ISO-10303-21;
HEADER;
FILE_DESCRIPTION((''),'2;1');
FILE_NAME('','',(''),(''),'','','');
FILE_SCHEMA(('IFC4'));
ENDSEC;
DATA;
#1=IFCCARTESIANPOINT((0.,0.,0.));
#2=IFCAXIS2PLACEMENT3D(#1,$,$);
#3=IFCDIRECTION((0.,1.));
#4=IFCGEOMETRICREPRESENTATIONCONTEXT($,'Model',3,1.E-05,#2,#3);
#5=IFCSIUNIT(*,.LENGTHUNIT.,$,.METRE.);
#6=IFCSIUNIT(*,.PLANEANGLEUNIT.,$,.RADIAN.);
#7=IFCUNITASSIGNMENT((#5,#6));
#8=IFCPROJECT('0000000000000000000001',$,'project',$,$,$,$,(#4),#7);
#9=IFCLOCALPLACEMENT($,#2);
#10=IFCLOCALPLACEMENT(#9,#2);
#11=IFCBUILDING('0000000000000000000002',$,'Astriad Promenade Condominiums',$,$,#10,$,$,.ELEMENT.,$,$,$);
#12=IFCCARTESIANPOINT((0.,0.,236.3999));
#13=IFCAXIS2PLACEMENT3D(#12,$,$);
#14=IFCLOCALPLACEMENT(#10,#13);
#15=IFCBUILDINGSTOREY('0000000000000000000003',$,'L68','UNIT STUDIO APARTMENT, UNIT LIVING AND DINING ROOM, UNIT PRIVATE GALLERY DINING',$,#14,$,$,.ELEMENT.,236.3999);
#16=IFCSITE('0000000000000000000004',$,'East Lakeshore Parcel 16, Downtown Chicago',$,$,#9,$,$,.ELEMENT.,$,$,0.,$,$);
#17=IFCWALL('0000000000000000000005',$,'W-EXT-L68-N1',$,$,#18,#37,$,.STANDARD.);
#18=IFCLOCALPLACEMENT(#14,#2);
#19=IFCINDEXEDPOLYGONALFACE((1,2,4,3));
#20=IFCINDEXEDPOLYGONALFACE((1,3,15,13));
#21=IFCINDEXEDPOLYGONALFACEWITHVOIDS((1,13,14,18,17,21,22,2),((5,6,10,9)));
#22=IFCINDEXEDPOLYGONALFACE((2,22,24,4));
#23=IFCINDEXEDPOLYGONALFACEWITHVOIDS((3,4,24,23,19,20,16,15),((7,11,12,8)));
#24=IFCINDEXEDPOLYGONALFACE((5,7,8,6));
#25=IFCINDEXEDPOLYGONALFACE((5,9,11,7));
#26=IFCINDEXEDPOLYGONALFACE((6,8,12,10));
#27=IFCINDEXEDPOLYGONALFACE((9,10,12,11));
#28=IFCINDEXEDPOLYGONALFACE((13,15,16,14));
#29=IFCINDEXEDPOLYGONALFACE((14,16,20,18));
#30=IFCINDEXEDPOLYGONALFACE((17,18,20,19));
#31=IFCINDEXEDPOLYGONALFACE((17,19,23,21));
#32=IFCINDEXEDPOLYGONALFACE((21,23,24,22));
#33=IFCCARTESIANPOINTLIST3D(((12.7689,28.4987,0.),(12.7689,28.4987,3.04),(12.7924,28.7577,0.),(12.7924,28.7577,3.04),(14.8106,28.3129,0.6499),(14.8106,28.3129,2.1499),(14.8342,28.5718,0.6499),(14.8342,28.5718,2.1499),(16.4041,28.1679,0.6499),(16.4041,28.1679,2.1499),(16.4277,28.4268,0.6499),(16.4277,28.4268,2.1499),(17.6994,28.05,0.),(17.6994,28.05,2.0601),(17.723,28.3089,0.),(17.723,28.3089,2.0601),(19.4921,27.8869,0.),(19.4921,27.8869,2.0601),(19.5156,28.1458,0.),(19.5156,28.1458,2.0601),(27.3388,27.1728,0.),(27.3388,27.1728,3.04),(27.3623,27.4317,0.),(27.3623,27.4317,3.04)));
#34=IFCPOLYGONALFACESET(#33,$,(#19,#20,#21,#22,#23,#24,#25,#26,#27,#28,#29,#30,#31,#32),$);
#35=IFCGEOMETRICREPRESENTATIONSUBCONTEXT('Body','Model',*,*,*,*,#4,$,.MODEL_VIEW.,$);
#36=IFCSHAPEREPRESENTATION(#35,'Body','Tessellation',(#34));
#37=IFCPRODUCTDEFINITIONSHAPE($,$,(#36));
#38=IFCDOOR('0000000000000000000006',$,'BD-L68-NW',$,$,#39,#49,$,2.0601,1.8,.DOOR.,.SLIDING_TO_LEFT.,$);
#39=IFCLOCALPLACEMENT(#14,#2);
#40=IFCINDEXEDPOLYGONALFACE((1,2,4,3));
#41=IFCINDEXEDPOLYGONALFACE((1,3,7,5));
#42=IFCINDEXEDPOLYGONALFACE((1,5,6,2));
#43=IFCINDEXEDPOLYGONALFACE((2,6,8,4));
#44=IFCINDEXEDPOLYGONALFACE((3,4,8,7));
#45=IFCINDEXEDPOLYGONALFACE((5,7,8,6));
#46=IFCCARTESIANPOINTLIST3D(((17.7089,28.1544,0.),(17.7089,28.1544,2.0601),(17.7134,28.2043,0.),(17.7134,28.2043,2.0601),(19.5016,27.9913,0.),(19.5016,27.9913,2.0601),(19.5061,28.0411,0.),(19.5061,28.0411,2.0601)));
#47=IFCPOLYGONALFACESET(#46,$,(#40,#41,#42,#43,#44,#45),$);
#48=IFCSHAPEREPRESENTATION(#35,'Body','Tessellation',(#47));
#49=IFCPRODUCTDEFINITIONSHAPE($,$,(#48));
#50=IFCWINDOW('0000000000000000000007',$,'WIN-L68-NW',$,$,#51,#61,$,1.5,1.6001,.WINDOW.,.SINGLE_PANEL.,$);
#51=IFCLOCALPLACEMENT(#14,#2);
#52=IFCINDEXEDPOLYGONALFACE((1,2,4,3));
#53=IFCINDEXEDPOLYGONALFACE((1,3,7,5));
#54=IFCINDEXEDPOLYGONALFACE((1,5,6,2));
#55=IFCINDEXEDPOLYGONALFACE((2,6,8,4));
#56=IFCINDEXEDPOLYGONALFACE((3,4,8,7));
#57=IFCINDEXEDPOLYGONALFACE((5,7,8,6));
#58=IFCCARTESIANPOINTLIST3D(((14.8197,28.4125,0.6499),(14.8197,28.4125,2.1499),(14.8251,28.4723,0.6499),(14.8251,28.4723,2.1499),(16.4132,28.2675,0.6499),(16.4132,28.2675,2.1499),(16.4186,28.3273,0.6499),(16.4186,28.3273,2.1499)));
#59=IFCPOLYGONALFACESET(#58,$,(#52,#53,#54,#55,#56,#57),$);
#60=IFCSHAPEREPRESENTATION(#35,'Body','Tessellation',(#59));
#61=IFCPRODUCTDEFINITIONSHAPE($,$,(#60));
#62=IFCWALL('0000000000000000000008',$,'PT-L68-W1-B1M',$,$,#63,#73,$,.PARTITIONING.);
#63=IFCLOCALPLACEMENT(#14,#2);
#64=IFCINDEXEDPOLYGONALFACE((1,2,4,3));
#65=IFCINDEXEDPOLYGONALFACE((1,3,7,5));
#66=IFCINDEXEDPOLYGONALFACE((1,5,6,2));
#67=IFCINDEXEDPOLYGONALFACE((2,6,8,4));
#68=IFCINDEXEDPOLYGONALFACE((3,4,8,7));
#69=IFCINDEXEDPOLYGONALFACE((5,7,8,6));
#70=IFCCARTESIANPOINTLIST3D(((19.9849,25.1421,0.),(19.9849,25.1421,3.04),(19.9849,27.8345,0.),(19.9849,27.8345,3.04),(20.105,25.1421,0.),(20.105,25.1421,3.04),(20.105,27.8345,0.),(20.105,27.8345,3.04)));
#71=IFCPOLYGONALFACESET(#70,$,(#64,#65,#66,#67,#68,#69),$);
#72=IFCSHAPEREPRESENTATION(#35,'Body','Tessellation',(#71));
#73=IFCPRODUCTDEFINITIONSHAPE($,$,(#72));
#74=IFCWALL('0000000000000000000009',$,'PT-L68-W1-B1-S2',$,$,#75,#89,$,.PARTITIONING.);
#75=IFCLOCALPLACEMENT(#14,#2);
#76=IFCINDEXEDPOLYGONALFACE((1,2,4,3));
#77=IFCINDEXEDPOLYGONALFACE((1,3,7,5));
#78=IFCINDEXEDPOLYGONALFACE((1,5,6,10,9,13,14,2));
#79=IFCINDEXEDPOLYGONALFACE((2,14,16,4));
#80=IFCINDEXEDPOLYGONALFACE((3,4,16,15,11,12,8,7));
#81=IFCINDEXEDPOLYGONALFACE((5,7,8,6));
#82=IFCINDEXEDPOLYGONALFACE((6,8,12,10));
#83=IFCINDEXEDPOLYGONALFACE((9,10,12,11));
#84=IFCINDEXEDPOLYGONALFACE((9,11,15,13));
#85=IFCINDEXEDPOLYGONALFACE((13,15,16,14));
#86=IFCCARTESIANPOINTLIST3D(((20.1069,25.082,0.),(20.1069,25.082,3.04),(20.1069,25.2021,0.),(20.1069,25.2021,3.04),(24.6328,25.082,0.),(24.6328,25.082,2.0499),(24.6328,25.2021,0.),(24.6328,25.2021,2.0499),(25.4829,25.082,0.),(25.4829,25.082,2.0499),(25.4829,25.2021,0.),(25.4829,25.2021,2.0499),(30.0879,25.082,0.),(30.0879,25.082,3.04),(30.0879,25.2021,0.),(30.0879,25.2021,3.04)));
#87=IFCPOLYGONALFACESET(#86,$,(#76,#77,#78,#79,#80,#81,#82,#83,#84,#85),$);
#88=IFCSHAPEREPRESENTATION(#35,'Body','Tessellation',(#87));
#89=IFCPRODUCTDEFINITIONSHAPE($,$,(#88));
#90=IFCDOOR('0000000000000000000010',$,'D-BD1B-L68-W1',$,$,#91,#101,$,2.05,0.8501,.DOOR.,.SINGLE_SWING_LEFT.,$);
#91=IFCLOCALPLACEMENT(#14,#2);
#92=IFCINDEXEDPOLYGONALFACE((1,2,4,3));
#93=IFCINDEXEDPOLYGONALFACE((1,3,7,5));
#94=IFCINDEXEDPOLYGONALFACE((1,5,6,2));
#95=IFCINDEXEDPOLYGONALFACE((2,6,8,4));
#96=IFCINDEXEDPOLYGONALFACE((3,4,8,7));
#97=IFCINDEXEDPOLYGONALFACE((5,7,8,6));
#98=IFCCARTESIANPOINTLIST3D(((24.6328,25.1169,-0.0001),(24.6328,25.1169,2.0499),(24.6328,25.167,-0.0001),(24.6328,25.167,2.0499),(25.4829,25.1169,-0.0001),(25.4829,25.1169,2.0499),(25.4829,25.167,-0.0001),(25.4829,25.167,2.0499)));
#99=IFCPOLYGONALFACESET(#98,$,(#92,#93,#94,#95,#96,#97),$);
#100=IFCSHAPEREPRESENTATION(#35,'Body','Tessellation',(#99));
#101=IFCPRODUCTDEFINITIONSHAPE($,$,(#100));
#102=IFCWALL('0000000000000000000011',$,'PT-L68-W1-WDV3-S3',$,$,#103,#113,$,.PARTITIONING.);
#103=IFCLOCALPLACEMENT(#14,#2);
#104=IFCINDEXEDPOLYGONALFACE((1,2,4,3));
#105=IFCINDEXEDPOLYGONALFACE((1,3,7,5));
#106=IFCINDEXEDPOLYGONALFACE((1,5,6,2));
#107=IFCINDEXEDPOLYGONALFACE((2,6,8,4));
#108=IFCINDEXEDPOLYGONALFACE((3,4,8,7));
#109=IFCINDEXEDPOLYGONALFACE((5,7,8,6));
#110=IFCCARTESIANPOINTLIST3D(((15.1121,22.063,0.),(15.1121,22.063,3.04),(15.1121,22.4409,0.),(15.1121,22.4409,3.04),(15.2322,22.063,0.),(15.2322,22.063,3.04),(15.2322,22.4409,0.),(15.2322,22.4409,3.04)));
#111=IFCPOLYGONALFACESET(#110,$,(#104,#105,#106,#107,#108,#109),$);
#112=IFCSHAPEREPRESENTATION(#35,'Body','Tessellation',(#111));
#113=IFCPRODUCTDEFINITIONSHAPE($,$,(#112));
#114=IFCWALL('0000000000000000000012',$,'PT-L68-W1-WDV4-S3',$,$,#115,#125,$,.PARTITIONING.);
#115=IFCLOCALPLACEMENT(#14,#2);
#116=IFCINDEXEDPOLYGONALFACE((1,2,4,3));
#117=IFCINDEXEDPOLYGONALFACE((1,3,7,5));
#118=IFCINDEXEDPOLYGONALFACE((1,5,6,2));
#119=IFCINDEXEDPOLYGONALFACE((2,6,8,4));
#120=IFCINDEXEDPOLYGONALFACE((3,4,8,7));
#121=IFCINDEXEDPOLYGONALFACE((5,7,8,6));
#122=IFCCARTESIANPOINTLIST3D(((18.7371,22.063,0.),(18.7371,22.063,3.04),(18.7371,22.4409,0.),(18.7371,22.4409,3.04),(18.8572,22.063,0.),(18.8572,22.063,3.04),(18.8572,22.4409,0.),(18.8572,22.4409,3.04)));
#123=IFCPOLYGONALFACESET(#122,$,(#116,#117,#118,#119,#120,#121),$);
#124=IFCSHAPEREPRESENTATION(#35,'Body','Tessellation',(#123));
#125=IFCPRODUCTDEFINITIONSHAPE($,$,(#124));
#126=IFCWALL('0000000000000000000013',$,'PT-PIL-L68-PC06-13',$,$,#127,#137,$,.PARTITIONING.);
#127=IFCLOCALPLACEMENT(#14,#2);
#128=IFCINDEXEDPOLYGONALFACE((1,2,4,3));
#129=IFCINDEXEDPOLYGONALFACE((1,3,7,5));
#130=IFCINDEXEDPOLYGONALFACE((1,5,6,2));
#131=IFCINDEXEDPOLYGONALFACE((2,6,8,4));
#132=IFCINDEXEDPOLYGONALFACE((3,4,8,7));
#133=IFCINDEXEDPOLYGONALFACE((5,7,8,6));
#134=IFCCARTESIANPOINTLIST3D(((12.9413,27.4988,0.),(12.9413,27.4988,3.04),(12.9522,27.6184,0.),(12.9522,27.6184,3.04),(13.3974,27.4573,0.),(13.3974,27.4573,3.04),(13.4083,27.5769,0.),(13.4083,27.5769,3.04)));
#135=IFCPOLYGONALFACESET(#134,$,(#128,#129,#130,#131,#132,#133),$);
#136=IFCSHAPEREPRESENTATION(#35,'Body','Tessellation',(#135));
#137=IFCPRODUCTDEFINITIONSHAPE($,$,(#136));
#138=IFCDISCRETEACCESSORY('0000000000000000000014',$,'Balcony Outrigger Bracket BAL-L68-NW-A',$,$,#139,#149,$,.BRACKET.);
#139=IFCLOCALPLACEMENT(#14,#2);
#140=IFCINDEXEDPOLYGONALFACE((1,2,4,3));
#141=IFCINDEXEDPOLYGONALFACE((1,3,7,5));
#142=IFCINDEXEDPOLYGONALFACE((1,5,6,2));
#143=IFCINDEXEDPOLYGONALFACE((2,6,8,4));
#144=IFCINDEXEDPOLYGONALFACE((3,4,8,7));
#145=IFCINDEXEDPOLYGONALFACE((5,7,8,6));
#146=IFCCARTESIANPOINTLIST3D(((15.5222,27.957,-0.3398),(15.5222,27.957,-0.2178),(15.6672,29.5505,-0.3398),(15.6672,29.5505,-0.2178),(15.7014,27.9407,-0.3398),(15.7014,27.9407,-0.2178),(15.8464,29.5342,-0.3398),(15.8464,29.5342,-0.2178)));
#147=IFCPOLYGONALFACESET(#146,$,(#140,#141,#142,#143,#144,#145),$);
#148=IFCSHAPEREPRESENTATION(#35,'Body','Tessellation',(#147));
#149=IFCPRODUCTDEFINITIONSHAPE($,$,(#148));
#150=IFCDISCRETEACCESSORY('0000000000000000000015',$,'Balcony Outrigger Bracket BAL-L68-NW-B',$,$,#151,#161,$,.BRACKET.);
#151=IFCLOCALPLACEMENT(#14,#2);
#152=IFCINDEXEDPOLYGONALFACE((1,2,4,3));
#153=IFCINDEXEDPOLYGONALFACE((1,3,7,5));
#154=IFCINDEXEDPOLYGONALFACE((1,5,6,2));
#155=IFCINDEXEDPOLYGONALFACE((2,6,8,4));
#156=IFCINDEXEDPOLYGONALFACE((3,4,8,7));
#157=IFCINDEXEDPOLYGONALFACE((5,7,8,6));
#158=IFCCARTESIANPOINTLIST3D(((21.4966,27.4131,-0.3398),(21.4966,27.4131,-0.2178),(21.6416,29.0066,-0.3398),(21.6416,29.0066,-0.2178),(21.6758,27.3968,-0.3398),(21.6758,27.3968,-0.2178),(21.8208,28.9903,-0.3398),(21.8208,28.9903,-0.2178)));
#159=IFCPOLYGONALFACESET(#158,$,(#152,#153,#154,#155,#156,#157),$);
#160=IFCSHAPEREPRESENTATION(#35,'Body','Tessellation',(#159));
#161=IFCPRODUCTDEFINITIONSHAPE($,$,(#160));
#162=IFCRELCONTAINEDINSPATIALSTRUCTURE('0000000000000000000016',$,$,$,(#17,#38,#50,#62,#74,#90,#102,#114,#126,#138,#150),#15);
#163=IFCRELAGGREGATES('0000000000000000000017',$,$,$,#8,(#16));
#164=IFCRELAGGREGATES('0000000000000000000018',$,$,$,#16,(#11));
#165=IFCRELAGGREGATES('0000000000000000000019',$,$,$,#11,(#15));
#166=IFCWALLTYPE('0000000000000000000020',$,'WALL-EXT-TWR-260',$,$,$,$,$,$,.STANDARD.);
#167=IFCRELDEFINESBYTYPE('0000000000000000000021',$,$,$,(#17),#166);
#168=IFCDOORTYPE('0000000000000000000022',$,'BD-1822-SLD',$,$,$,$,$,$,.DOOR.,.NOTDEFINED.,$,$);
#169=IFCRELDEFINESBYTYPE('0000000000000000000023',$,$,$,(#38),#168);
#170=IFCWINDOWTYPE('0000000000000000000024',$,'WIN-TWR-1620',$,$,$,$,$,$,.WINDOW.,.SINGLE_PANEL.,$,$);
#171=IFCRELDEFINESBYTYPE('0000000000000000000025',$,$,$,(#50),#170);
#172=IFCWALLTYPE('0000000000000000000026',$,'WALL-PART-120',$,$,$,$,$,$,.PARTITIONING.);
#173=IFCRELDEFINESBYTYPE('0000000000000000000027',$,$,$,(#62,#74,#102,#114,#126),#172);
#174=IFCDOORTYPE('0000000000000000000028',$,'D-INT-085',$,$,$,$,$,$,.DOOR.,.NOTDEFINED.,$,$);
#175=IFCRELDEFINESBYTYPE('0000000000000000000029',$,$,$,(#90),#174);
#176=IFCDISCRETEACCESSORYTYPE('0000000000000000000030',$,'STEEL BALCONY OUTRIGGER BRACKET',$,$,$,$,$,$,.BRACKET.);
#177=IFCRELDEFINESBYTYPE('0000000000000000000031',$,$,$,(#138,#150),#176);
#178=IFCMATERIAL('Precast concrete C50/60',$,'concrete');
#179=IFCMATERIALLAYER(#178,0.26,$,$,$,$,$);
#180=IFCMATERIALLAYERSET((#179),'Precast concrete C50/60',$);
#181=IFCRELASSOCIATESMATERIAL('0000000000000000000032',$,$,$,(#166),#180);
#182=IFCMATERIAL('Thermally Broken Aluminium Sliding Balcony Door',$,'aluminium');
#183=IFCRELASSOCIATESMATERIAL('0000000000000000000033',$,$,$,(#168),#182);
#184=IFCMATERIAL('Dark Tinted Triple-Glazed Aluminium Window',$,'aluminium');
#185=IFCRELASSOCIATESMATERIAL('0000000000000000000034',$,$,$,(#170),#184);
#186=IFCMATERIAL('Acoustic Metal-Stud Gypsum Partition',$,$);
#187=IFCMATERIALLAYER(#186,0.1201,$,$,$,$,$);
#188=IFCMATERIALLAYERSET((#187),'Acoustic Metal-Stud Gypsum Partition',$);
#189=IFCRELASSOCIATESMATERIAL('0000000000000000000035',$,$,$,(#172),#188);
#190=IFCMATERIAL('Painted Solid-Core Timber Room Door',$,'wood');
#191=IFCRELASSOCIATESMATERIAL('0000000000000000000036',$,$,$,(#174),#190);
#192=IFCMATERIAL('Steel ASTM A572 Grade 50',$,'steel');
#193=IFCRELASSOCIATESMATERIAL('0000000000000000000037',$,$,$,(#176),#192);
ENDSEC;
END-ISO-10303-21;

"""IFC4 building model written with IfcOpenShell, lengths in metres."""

from ifc_helpers import new_model, si_unit, direction, frame, frame_2d, origin, origin_2d, place, context, subcontext, project, spatial, rectangle, extrude, source, transform, mapped, material, layer, layer_set, type_object, type_shapes, element, fill, save


model = new_model("IFC4")

# Units and contexts
model_context = context("Model", 3, precision=1e-05, world=origin(), true_north=direction((0.0, 1.0)))
body_context = subcontext(model_context, "Body", "Model", "MODEL_VIEW")
ifc_project = project(units=[si_unit("LENGTHUNIT", "METRE"), si_unit("PLANEANGLEUNIT", "RADIAN")], contexts=[model_context])

# Site, building, storey
site_placement = place(None, origin())
site = spatial("IfcSite", under=ifc_project, at=site_placement, Name="East Lakeshore Parcel 16, Downtown Chicago", CompositionType="ELEMENT", RefElevation=0.0)
building_placement = place(site_placement, origin())
building = spatial("IfcBuilding", under=site, at=building_placement, Name="Astriad Promenade Condominiums", CompositionType="ELEMENT")
storey_placement = place(building_placement, frame((0.0, 0.0, 236.3999)))
storey = spatial("IfcBuildingStorey", under=building, at=storey_placement, Name="L68", Description="UNIT STUDIO APARTMENT, UNIT LIVING AND DINING ROOM, UNIT PRIVATE GALLERY DINING", CompositionType="ELEMENT", Elevation=236.3999)

# Shared definitions
ifc_material_1 = material(Name="Precast concrete C50/60", Category="concrete")
ifc_layer_1 = layer(ifc_material_1, 0.26)
ifc_layer_set_1 = layer_set([ifc_layer_1], Name="Precast concrete C50/60")
wall_type_1 = type_object("IfcWallType", Name="WALL-EXT-TWR-260", PredefinedType="STANDARD", material=ifc_layer_set_1)

# Wall, openings, door, window
wall_1_placement = place(storey_placement, frame((12.7808, 28.6282, 0.0), z_axis=(0.0, 0.0, 1.0), x_axis=(0.995885, -0.090631, 0.0)))
wall_1 = element("IfcWall", 1, at=wall_1_placement, inside=storey, type_object=wall_type_1, Name="W-EXT-L68-N1", PredefinedType="STANDARD", context=body_context, shape_type="SweptSolid", body=[
    extrude(rectangle(XDim=14.6301, YDim=0.26, at=frame_2d((7.3149, 0.0))), origin(), (0.0, 0.0, 1.0), 3.04),
])
opening_1_placement = place(wall_1_placement, frame((4.9509, 0.0, 0.0)))
opening_1 = element("IfcOpeningElement", 2, at=opening_1_placement, cuts=wall_1, PredefinedType="OPENING", context=body_context, shape_type="SweptSolid", body=[
    extrude(rectangle(XDim=1.8, YDim=2.0601, at=frame_2d((0.8999, 1.03))), frame((0.0, 0.1399, 0.0), z_axis=(0.0, -1.0, 0.0), x_axis=(1.0, 0.0, 0.0)), (0.0, 0.0, 1.0), 0.28),
])
opening_2_placement = place(wall_1_placement, frame((2.05, 0.0, 0.6499)))
opening_2 = element("IfcOpeningElement", 3, at=opening_2_placement, cuts=wall_1, PredefinedType="OPENING", context=body_context, shape_type="SweptSolid", body=[
    extrude(rectangle(XDim=1.6001, YDim=1.5, at=frame_2d((0.8, 0.75))), frame((0.0, 0.1399, 0.0), z_axis=(0.0, -1.0, 0.0), x_axis=(1.0, 0.0, 0.0)), (0.0, 0.0, 1.0), 0.28),
])
ifc_material_2 = material(Name="Thermally Broken Aluminium Sliding Balcony Door", Category="aluminium")
door_type_1 = type_object("IfcDoorType", Name="BD-1822-SLD", OperationType="NOTDEFINED", PredefinedType="DOOR", material=ifc_material_2)
shared_shape_1 = source(origin(), body_context, "Body", "SweptSolid", [
    extrude(rectangle(XDim=1.8, YDim=2.0601, at=frame_2d((0.8999, 1.03))), frame((0.0, 0.0249, 0.0), z_axis=(0.0, -1.0, 0.0), x_axis=(1.0, 0.0, 0.0)), (0.0, 0.0, 1.0), 0.05),
])
type_shapes(door_type_1, [shared_shape_1])
door_1_placement = place(opening_1_placement, origin())
door_1 = element("IfcDoor", 4, at=door_1_placement, inside=storey, type_object=door_type_1, Name="BD-L68-NW", OperationType="SLIDING_TO_LEFT", OverallHeight=2.0601, OverallWidth=1.8, PredefinedType="DOOR", context=body_context, shape_type="MappedRepresentation", body=[
    mapped(shared_shape_1, transform((0.0, 0.0, 0.0), scale=1.0)),
])
fill(opening_1, door_1)
ifc_material_3 = material(Name="Dark Tinted Triple-Glazed Aluminium Window", Category="aluminium")
window_type = type_object("IfcWindowType", Name="WIN-TWR-1620", PartitioningType="SINGLE_PANEL", PredefinedType="WINDOW", material=ifc_material_3)
shared_shape_2 = source(origin(), body_context, "Body", "SweptSolid", [
    extrude(rectangle(XDim=1.6001, YDim=1.5, at=frame_2d((0.8, 0.75))), frame((0.0, 0.03, 0.0), z_axis=(0.0, -1.0, 0.0), x_axis=(1.0, 0.0, 0.0)), (0.0, 0.0, 1.0), 0.0601),
])
type_shapes(window_type, [shared_shape_2])
window_placement = place(opening_2_placement, origin())
window = element("IfcWindow", 5, at=window_placement, inside=storey, type_object=window_type, Name="WIN-L68-NW", OverallHeight=1.5, OverallWidth=1.6001, PartitioningType="SINGLE_PANEL", PredefinedType="WINDOW", context=body_context, shape_type="MappedRepresentation", body=[
    mapped(shared_shape_2, transform((0.0, 0.0, 0.0), scale=1.0)),
])
fill(opening_2, window)

# Wall
ifc_material_4 = material(Name="Acoustic Metal-Stud Gypsum Partition")
ifc_layer_2 = layer(ifc_material_4, 0.1201)
ifc_layer_set_2 = layer_set([ifc_layer_2], Name="Acoustic Metal-Stud Gypsum Partition")
wall_type_2 = type_object("IfcWallType", Name="WALL-PART-120", PredefinedType="PARTITIONING", material=ifc_layer_set_2)
wall_2_placement = place(storey_placement, frame((20.0449, 25.1421, 0.0), z_axis=(0.0, 0.0, 1.0), x_axis=(0.0, 1.0, 0.0)))
element("IfcWall", 6, at=wall_2_placement, inside=storey, type_object=wall_type_2, Name="PT-L68-W1-B1M", PredefinedType="PARTITIONING", context=body_context, shape_type="SweptSolid", body=[
    extrude(rectangle(XDim=2.6924, YDim=0.1201, at=frame_2d((1.3462, 0.0))), origin(), (0.0, 0.0, 1.0), 3.04),
])

# Wall, opening, door
wall_3_placement = place(storey_placement, frame((20.1069, 25.1421, 0.0), z_axis=(0.0, 0.0, 1.0), x_axis=(1.0, 0.0, 0.0)))
wall_3 = element("IfcWall", 7, at=wall_3_placement, inside=storey, type_object=wall_type_2, Name="PT-L68-W1-B1-S2", PredefinedType="PARTITIONING", context=body_context, shape_type="SweptSolid", body=[
    extrude(rectangle(XDim=9.981, YDim=0.1201, at=frame_2d((4.9905, 0.0))), origin(), (0.0, 0.0, 1.0), 3.04),
])
opening_3_placement = place(wall_3_placement, frame((4.5259, 0.0, 0.0)))
opening_3 = element("IfcOpeningElement", 8, at=opening_3_placement, cuts=wall_3, PredefinedType="OPENING", context=body_context, shape_type="SweptSolid", body=[
    extrude(rectangle(XDim=0.8501, YDim=2.05, at=frame_2d((0.425, 1.0249))), frame((0.0, 0.0701, 0.0), z_axis=(0.0, -1.0, 0.0), x_axis=(1.0, 0.0, 0.0)), (0.0, 0.0, 1.0), 0.1401),
])
ifc_material_5 = material(Name="Painted Solid-Core Timber Room Door", Category="wood")
door_type_2 = type_object("IfcDoorType", Name="D-INT-085", OperationType="NOTDEFINED", PredefinedType="DOOR", material=ifc_material_5)
shared_shape_3 = source(origin(), body_context, "Body", "SweptSolid", [
    extrude(rectangle(XDim=0.8501, YDim=2.05, at=frame_2d((0.425, 1.0249))), frame((0.0, 0.0249, 0.0), z_axis=(0.0, -1.0, 0.0), x_axis=(1.0, 0.0, 0.0)), (0.0, 0.0, 1.0), 0.05),
])
type_shapes(door_type_2, [shared_shape_3])
door_2_placement = place(opening_3_placement, origin())
door_2 = element("IfcDoor", 9, at=door_2_placement, inside=storey, type_object=door_type_2, Name="D-BD1B-L68-W1", OperationType="SINGLE_SWING_LEFT", OverallHeight=2.05, OverallWidth=0.8501, PredefinedType="DOOR", context=body_context, shape_type="MappedRepresentation", body=[
    mapped(shared_shape_3, transform((0.0, 0.0, 0.0), scale=1.0)),
])
fill(opening_3, door_2)

# Walls
for number, where, z_axis, x_axis, name in (
    (10, (15.1721, 22.063, 0.0), (0.0, 0.0, 1.0), (0.0, 1.0, 0.0), "PT-L68-W1-WDV3-S3"),
    (11, (18.7971, 22.063, 0.0), (0.0, 0.0, 1.0), (0.0, 1.0, 0.0), "PT-L68-W1-WDV4-S3"),
):
    element("IfcWall", number, at=place(storey_placement, frame(where, z_axis=z_axis, x_axis=x_axis)), inside=storey, type_object=wall_type_2, Name=name, PredefinedType="PARTITIONING", context=body_context, shape_type="SweptSolid", body=[
        extrude(rectangle(XDim=0.3779, YDim=0.1201, at=frame_2d((0.189, 0.0))), origin(), (0.0, 0.0, 1.0), 3.04),
    ])
wall_4_placement = place(storey_placement, frame((13.4028, 27.5171, 0.0), z_axis=(0.0, 0.0, 1.0), x_axis=(-0.995884, 0.090632, 0.0)))
element("IfcWall", 12, at=wall_4_placement, inside=storey, type_object=wall_type_2, Name="PT-PIL-L68-PC06-13", PredefinedType="PARTITIONING", context=body_context, shape_type="SweptSolid", body=[
    extrude(rectangle(XDim=0.458, YDim=0.1201, at=frame_2d((0.229, 0.0))), origin(), (0.0, 0.0, 1.0), 3.04),
])

# Discrete accessories
ifc_material_6 = material(Name="Steel ASTM A572 Grade 50", Category="steel")
discrete_accessory_type = type_object("IfcDiscreteAccessoryType", Name="STEEL BALCONY OUTRIGGER BRACKET", PredefinedType="BRACKET", material=ifc_material_6)
shared_shape_4 = source(origin(), body_context, "Body", "SweptSolid", [
    extrude(rectangle(XDim=1.6001, YDim=0.1799, at=origin_2d()), origin(), (0.0, 0.0, 1.0), 0.1221),
])
type_shapes(discrete_accessory_type, [shared_shape_4])
for number, where, z_axis, x_axis, name in (
    (13, (15.6843, 28.7456, -0.3398), (0.0, 0.0, 1.0), (0.090633, 0.995884, 0.0), "Balcony Outrigger Bracket BAL-L68-NW-A"),
    (14, (21.6587, 28.2017, -0.3398), (0.0, 0.0, 1.0), (0.090633, 0.995884, 0.0), "Balcony Outrigger Bracket BAL-L68-NW-B"),
):
    element("IfcDiscreteAccessory", number, at=place(storey_placement, frame(where, z_axis=z_axis, x_axis=x_axis)), inside=storey, type_object=discrete_accessory_type, Name=name, PredefinedType="BRACKET", context=body_context, shape_type="MappedRepresentation", body=[
        mapped(shared_shape_4, transform((0.0, 0.0, 0.0), scale=1.0)),
    ])

save(model, "model.ifc")
